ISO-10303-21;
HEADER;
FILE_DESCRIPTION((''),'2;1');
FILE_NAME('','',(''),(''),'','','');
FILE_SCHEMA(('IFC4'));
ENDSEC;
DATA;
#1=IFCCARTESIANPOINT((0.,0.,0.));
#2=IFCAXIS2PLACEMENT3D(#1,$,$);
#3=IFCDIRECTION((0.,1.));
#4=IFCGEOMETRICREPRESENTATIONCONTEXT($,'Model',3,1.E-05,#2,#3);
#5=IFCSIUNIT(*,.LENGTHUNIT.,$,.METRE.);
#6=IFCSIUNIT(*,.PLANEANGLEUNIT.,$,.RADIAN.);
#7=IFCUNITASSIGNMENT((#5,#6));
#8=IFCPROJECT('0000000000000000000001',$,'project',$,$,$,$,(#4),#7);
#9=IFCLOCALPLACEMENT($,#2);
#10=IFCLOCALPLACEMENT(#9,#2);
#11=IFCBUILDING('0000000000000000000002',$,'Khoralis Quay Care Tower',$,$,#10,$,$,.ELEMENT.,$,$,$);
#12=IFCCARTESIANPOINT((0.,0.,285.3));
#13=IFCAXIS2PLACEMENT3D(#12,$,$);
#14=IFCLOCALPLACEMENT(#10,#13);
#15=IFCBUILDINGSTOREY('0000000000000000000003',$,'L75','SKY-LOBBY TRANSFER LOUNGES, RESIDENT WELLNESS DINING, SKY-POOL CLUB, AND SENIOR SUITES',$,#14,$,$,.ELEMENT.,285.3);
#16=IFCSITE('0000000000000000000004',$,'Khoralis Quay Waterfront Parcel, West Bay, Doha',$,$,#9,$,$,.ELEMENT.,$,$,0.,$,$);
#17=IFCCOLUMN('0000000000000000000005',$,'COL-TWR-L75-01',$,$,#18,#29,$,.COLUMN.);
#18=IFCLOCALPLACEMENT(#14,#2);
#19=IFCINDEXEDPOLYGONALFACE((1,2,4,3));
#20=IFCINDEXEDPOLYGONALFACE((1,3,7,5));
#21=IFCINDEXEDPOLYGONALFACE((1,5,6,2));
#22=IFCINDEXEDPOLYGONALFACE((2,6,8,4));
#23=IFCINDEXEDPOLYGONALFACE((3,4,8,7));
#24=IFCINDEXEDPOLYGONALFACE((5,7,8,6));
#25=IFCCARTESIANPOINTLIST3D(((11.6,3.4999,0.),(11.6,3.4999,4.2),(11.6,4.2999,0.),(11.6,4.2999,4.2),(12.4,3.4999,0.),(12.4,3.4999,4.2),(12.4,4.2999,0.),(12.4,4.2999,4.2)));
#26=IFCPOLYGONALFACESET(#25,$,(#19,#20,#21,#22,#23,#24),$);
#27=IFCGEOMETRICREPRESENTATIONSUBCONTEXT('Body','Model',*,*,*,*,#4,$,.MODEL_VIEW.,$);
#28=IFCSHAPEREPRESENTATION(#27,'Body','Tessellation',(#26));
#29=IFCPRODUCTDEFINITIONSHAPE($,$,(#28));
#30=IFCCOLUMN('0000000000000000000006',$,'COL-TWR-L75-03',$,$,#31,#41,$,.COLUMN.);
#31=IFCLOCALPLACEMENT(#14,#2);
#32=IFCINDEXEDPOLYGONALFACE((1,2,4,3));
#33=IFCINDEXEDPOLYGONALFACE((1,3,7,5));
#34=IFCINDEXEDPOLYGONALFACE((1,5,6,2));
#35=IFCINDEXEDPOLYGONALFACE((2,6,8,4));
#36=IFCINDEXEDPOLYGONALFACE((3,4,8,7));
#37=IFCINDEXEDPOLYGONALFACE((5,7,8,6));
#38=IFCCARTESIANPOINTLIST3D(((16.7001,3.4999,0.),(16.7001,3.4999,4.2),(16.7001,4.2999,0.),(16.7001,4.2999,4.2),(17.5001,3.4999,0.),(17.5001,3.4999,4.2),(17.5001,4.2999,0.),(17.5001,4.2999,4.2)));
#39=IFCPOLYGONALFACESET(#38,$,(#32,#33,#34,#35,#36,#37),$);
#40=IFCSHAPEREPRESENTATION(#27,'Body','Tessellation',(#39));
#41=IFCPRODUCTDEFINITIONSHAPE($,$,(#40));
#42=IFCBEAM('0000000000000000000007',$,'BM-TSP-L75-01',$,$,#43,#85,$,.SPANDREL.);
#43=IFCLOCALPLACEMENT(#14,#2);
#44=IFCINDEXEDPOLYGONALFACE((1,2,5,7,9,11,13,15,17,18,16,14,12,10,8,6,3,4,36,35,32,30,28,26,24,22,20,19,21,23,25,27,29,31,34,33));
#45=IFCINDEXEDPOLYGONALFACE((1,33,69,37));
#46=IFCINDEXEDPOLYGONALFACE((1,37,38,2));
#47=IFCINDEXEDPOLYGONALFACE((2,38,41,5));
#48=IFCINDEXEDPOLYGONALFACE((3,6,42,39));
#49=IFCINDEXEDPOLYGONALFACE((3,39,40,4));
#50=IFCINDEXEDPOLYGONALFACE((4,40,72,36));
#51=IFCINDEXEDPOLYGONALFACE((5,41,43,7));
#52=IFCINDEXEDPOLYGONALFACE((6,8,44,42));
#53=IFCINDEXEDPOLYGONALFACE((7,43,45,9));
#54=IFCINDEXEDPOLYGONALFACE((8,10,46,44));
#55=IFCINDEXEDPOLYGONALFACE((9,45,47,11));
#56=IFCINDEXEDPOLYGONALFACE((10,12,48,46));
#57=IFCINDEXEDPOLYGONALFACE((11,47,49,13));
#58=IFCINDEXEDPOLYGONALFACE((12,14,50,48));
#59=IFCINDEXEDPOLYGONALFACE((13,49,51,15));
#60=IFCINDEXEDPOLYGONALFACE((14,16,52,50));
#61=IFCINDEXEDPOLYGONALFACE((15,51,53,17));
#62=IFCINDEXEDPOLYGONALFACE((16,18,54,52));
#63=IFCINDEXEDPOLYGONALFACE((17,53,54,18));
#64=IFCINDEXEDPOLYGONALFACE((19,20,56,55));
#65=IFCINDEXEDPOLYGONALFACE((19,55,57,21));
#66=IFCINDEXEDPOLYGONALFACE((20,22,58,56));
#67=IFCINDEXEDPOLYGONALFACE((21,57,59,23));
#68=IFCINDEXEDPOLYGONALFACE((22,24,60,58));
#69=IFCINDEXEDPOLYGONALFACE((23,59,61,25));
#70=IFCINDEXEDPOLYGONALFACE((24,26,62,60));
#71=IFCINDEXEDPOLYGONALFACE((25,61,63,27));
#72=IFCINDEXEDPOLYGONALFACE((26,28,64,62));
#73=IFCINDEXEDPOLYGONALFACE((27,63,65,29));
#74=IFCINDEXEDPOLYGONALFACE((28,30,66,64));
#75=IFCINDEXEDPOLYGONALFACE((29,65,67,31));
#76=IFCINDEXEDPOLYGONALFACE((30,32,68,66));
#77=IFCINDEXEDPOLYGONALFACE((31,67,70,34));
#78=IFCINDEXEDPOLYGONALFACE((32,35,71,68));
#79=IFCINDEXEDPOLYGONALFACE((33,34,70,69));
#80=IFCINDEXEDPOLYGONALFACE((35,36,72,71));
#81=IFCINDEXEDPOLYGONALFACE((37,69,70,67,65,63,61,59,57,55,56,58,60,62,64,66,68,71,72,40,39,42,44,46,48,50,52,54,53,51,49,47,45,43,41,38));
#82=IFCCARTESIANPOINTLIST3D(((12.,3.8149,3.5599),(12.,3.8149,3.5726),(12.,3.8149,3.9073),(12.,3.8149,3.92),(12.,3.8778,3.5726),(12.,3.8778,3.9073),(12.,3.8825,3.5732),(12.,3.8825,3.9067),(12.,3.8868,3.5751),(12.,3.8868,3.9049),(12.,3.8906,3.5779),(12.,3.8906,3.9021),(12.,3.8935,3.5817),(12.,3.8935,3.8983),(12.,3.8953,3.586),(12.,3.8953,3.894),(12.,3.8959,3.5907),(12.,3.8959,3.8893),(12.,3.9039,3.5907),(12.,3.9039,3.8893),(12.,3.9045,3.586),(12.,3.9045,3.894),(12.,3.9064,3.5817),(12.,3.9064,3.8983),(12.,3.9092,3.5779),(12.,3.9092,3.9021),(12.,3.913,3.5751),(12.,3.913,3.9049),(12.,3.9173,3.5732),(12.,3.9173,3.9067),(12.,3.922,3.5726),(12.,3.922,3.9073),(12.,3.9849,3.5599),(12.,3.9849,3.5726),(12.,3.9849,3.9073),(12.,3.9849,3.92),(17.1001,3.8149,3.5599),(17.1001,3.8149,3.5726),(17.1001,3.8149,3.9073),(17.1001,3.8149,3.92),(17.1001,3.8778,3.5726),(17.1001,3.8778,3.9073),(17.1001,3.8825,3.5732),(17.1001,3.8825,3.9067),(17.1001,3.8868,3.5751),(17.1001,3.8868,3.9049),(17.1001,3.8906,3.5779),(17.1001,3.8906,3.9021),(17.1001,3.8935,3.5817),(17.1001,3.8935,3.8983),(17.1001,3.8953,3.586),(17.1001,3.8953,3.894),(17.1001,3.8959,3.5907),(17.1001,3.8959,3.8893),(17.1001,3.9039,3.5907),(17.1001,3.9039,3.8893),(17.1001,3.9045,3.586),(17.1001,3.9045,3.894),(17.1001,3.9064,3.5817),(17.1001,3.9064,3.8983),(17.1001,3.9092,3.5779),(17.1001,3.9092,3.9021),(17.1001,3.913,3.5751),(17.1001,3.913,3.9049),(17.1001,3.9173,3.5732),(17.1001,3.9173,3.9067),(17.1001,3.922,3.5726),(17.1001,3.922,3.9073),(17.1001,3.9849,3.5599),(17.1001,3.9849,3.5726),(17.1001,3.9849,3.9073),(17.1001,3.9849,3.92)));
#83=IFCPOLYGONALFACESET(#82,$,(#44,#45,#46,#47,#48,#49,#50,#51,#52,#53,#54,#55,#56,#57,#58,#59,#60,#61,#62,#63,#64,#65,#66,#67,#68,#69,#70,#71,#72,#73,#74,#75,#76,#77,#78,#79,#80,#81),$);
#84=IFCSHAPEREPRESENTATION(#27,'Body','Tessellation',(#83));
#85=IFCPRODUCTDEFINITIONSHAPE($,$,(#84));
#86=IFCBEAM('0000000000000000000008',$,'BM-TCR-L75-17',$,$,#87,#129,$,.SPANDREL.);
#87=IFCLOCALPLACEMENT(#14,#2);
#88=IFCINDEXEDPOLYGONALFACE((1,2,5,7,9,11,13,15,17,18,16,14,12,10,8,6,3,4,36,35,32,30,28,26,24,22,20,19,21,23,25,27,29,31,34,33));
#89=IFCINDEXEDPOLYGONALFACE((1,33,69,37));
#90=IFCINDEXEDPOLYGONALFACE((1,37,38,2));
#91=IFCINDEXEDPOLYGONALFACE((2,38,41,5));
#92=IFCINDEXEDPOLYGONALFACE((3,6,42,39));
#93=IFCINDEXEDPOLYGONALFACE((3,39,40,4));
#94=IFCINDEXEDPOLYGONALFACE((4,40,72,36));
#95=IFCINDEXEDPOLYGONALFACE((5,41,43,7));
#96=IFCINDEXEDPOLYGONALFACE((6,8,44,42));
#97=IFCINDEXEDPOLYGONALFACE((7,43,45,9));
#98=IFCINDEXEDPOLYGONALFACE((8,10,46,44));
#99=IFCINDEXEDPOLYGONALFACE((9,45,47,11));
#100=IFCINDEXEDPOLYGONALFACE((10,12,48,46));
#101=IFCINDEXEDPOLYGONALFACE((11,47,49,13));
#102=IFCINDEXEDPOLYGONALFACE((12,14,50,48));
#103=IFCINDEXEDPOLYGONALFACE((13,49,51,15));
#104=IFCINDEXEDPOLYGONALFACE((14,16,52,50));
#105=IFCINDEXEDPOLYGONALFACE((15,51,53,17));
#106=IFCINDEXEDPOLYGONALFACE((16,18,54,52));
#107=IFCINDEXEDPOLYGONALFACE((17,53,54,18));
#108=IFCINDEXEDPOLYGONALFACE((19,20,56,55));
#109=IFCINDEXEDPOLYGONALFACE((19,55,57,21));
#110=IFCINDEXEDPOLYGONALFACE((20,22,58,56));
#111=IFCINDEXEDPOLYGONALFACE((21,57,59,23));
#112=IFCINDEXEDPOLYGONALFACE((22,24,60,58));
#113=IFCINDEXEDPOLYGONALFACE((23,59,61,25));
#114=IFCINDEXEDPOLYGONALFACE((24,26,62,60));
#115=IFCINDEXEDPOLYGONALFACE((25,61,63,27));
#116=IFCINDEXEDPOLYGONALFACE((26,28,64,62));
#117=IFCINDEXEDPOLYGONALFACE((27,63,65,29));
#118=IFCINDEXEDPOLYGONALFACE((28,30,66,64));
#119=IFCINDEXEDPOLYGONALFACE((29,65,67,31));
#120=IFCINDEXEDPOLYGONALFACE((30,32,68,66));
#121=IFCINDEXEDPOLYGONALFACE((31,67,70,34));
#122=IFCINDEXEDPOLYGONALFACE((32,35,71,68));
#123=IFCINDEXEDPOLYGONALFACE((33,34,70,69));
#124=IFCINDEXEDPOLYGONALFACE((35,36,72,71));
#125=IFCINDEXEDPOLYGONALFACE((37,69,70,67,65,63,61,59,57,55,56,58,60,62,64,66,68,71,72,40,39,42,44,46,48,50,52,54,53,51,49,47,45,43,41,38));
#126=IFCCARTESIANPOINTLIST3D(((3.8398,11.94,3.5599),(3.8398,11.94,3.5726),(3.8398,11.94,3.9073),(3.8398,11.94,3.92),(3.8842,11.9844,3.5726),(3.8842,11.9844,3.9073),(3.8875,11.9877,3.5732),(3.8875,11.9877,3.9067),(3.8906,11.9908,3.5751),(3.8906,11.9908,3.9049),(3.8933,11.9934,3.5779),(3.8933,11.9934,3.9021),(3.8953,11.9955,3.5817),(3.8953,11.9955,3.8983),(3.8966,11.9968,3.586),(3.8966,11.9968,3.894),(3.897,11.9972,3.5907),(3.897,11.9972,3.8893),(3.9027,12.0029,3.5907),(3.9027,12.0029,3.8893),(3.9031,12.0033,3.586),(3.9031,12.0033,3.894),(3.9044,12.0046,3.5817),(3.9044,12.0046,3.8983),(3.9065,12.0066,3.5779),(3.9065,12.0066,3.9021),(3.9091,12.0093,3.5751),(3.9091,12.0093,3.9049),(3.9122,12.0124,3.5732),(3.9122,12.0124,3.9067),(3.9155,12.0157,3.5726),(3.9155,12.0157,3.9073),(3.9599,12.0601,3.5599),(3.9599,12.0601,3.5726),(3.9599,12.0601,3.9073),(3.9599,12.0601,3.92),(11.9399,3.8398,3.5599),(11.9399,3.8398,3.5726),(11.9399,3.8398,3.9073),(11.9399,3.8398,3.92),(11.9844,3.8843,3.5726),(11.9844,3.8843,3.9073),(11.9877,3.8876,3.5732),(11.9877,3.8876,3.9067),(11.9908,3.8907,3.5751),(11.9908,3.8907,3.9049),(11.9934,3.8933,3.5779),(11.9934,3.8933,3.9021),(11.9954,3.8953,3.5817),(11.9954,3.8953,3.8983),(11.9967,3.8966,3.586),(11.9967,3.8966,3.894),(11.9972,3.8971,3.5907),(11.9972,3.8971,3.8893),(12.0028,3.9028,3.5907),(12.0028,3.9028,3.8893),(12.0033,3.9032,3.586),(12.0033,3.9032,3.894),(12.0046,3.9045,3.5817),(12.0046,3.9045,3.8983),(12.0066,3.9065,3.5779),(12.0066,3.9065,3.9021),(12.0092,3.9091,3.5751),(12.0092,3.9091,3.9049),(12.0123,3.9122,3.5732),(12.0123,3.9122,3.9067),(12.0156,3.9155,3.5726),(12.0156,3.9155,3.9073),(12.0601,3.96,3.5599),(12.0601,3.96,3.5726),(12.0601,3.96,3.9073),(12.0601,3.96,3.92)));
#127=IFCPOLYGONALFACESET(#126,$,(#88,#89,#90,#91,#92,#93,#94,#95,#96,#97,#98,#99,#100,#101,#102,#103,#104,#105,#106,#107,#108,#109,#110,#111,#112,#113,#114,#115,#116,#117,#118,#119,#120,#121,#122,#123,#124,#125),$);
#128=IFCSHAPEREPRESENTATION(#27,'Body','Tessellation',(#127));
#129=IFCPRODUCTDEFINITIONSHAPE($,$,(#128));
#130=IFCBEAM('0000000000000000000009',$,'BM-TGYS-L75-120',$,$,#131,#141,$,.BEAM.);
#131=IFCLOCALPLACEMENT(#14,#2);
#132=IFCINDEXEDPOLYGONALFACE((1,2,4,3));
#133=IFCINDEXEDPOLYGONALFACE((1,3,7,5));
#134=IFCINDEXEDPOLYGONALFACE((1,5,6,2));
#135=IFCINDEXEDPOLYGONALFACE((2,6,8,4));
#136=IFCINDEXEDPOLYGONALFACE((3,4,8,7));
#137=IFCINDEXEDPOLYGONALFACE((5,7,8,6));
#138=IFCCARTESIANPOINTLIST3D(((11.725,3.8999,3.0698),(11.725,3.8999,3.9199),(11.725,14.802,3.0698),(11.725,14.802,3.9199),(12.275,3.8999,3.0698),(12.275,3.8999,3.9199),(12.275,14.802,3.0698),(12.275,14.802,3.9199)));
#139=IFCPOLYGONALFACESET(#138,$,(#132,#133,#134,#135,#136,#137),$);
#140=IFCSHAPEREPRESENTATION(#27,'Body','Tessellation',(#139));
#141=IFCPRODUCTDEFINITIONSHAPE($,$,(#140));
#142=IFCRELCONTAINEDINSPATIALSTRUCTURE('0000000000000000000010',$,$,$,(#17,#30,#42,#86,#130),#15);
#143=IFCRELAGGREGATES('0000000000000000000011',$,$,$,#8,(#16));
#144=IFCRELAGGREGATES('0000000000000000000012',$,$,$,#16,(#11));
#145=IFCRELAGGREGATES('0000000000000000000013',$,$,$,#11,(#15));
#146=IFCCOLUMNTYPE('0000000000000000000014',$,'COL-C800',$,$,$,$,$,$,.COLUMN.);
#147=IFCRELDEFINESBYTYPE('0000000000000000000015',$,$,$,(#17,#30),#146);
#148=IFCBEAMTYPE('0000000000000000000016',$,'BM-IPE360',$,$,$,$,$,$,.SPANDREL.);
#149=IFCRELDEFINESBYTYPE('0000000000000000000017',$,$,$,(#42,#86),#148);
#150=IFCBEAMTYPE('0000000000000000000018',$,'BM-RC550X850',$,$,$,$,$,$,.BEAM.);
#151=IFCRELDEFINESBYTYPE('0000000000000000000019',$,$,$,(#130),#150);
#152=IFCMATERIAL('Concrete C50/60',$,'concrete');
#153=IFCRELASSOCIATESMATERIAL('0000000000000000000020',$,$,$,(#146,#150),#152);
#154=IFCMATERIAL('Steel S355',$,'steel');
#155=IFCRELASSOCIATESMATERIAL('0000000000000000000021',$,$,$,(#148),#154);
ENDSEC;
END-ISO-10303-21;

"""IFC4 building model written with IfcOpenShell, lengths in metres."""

from ifc_helpers import new_model, si_unit, direction, frame, origin, origin_2d, place, context, subcontext, project, spatial, rectangle, i_section, extrude, source, transform, mapped, material, material_profile, profile_set, type_object, element, save


model = new_model("IFC4")

# Units and contexts
model_context = context("Model", 3, precision=1e-05, world=origin(), true_north=direction((0.0, 1.0)))
body_context = subcontext(model_context, "Body", "Model", "MODEL_VIEW")
ifc_project = project(units=[si_unit("LENGTHUNIT", "METRE"), si_unit("PLANEANGLEUNIT", "RADIAN")], contexts=[model_context])

# Site, building, storey
site_placement = place(None, origin())
site = spatial("IfcSite", under=ifc_project, at=site_placement, Name="Khoralis Quay Waterfront Parcel, West Bay, Doha", CompositionType="ELEMENT", RefElevation=0.0)
building_placement = place(site_placement, origin())
building = spatial("IfcBuilding", under=site, at=building_placement, Name="Khoralis Quay Care Tower", CompositionType="ELEMENT")
storey_placement = place(building_placement, frame((0.0, 0.0, 285.3)))
storey = spatial("IfcBuildingStorey", under=building, at=storey_placement, Name="L75", Description="SKY-LOBBY TRANSFER LOUNGES, RESIDENT WELLNESS DINING, SKY-POOL CLUB, AND SENIOR SUITES", CompositionType="ELEMENT", Elevation=285.3)

# Columns
ifc_material_1 = material(Name="Concrete C50/60", Category="concrete")
ifc_material_profile_1 = material_profile(ifc_material_1, rectangle(XDim=0.8, YDim=0.8, at=origin_2d()), Name="Concrete C50/60")
ifc_profile_set_1 = profile_set([ifc_material_profile_1], Name="Concrete C50/60")
column_type = type_object("IfcColumnType", Name="COL-C800", PredefinedType="COLUMN", material=ifc_profile_set_1)
shared_shape_1 = source(origin(), body_context, "Body", "SweptSolid", [
    extrude(rectangle(XDim=0.8, YDim=0.8, at=origin_2d()), origin(), (0.0, 0.0, 1.0), 4.2),
])
for number, where, z_axis, x_axis, name in (
    (1, (12.0, 3.8999, 0.0), (0.0, 0.0, 1.0), (1.0, 0.0, 0.0), "COL-TWR-L75-01"),
    (2, (17.1001, 3.8999, 0.0), (0.0, 0.0, 1.0), (1.0, 0.0, 0.0), "COL-TWR-L75-03"),
):
    element("IfcColumn", number, at=place(storey_placement, frame(where, z_axis=z_axis, x_axis=x_axis)), inside=storey, type_object=column_type, Name=name, PredefinedType="COLUMN", context=body_context, shape_type="MappedRepresentation", body=[
        mapped(shared_shape_1, transform((0.0, 0.0, 0.0), scale=1.0)),
    ])

# Beams
ifc_material_2 = material(Name="Steel S355", Category="steel")
ifc_material_profile_2 = material_profile(ifc_material_2, i_section(OverallWidth=0.1699, OverallDepth=0.3601, WebThickness=0.0081, FlangeThickness=0.0127, FilletRadius=0.0181, at=origin_2d()), Name="Steel S355")
ifc_profile_set_2 = profile_set([ifc_material_profile_2], Name="Steel S355")
beam_type_1 = type_object("IfcBeamType", Name="BM-IPE360", PredefinedType="SPANDREL", material=ifc_profile_set_2)
shared_shape_2 = source(origin(), body_context, "Body", "SweptSolid", [
    extrude(i_section(OverallWidth=0.1699, OverallDepth=0.3601, WebThickness=0.0081, FlangeThickness=0.0127, FilletRadius=0.0181, at=origin_2d()), origin(), (0.0, 0.0, 1.0), 5.1001),
])
beam_1_placement = place(storey_placement, frame((12.0, 3.8999, 3.74), z_axis=(1.0, 0.0, 0.0), x_axis=(0.0, 1.0, 0.0)))
element("IfcBeam", 3, at=beam_1_placement, inside=storey, type_object=beam_type_1, Name="BM-TSP-L75-01", PredefinedType="SPANDREL", context=body_context, shape_type="MappedRepresentation", body=[
    mapped(shared_shape_2, transform((0.0, 0.0, 0.0), scale=1.0)),
])
shared_shape_3 = source(origin(), body_context, "Body", "SweptSolid", [
    extrude(i_section(OverallWidth=0.1699, OverallDepth=0.3601, WebThickness=0.0081, FlangeThickness=0.0127, FilletRadius=0.0181, at=origin_2d()), origin(), (0.0, 0.0, 1.0), 11.4553),
])
beam_2_placement = place(storey_placement, frame((12.0, 3.8999, 3.74), z_axis=(-0.707107, 0.707107, 0.0), x_axis=(-0.707107, -0.707107, 0.0)))
element("IfcBeam", 4, at=beam_2_placement, inside=storey, type_object=beam_type_1, Name="BM-TCR-L75-17", PredefinedType="SPANDREL", context=body_context, shape_type="MappedRepresentation", body=[
    mapped(shared_shape_3, transform((0.0, 0.0, 0.0), scale=1.0)),
])
ifc_material_profile_3 = material_profile(ifc_material_1, rectangle(XDim=0.55, YDim=0.8501, at=origin_2d()), Name="Concrete C50/60")
ifc_profile_set_3 = profile_set([ifc_material_profile_3], Name="Concrete C50/60")
beam_type_2 = type_object("IfcBeamType", Name="BM-RC550X850", PredefinedType="BEAM", material=ifc_profile_set_3)
shared_shape_4 = source(origin(), body_context, "Body", "SweptSolid", [
    extrude(rectangle(XDim=0.55, YDim=0.8501, at=origin_2d()), origin(), (0.0, 0.0, 1.0), 10.9021),
])
beam_3_placement = place(storey_placement, frame((12.0, 3.8999, 3.4949), z_axis=(0.0, 1.0, 0.0), x_axis=(-1.0, 0.0, 0.0)))
element("IfcBeam", 5, at=beam_3_placement, inside=storey, type_object=beam_type_2, Name="BM-TGYS-L75-120", PredefinedType="BEAM", context=body_context, shape_type="MappedRepresentation", body=[
    mapped(shared_shape_4, transform((0.0, 0.0, 0.0), scale=1.0)),
])

save(model, "model.ifc")
